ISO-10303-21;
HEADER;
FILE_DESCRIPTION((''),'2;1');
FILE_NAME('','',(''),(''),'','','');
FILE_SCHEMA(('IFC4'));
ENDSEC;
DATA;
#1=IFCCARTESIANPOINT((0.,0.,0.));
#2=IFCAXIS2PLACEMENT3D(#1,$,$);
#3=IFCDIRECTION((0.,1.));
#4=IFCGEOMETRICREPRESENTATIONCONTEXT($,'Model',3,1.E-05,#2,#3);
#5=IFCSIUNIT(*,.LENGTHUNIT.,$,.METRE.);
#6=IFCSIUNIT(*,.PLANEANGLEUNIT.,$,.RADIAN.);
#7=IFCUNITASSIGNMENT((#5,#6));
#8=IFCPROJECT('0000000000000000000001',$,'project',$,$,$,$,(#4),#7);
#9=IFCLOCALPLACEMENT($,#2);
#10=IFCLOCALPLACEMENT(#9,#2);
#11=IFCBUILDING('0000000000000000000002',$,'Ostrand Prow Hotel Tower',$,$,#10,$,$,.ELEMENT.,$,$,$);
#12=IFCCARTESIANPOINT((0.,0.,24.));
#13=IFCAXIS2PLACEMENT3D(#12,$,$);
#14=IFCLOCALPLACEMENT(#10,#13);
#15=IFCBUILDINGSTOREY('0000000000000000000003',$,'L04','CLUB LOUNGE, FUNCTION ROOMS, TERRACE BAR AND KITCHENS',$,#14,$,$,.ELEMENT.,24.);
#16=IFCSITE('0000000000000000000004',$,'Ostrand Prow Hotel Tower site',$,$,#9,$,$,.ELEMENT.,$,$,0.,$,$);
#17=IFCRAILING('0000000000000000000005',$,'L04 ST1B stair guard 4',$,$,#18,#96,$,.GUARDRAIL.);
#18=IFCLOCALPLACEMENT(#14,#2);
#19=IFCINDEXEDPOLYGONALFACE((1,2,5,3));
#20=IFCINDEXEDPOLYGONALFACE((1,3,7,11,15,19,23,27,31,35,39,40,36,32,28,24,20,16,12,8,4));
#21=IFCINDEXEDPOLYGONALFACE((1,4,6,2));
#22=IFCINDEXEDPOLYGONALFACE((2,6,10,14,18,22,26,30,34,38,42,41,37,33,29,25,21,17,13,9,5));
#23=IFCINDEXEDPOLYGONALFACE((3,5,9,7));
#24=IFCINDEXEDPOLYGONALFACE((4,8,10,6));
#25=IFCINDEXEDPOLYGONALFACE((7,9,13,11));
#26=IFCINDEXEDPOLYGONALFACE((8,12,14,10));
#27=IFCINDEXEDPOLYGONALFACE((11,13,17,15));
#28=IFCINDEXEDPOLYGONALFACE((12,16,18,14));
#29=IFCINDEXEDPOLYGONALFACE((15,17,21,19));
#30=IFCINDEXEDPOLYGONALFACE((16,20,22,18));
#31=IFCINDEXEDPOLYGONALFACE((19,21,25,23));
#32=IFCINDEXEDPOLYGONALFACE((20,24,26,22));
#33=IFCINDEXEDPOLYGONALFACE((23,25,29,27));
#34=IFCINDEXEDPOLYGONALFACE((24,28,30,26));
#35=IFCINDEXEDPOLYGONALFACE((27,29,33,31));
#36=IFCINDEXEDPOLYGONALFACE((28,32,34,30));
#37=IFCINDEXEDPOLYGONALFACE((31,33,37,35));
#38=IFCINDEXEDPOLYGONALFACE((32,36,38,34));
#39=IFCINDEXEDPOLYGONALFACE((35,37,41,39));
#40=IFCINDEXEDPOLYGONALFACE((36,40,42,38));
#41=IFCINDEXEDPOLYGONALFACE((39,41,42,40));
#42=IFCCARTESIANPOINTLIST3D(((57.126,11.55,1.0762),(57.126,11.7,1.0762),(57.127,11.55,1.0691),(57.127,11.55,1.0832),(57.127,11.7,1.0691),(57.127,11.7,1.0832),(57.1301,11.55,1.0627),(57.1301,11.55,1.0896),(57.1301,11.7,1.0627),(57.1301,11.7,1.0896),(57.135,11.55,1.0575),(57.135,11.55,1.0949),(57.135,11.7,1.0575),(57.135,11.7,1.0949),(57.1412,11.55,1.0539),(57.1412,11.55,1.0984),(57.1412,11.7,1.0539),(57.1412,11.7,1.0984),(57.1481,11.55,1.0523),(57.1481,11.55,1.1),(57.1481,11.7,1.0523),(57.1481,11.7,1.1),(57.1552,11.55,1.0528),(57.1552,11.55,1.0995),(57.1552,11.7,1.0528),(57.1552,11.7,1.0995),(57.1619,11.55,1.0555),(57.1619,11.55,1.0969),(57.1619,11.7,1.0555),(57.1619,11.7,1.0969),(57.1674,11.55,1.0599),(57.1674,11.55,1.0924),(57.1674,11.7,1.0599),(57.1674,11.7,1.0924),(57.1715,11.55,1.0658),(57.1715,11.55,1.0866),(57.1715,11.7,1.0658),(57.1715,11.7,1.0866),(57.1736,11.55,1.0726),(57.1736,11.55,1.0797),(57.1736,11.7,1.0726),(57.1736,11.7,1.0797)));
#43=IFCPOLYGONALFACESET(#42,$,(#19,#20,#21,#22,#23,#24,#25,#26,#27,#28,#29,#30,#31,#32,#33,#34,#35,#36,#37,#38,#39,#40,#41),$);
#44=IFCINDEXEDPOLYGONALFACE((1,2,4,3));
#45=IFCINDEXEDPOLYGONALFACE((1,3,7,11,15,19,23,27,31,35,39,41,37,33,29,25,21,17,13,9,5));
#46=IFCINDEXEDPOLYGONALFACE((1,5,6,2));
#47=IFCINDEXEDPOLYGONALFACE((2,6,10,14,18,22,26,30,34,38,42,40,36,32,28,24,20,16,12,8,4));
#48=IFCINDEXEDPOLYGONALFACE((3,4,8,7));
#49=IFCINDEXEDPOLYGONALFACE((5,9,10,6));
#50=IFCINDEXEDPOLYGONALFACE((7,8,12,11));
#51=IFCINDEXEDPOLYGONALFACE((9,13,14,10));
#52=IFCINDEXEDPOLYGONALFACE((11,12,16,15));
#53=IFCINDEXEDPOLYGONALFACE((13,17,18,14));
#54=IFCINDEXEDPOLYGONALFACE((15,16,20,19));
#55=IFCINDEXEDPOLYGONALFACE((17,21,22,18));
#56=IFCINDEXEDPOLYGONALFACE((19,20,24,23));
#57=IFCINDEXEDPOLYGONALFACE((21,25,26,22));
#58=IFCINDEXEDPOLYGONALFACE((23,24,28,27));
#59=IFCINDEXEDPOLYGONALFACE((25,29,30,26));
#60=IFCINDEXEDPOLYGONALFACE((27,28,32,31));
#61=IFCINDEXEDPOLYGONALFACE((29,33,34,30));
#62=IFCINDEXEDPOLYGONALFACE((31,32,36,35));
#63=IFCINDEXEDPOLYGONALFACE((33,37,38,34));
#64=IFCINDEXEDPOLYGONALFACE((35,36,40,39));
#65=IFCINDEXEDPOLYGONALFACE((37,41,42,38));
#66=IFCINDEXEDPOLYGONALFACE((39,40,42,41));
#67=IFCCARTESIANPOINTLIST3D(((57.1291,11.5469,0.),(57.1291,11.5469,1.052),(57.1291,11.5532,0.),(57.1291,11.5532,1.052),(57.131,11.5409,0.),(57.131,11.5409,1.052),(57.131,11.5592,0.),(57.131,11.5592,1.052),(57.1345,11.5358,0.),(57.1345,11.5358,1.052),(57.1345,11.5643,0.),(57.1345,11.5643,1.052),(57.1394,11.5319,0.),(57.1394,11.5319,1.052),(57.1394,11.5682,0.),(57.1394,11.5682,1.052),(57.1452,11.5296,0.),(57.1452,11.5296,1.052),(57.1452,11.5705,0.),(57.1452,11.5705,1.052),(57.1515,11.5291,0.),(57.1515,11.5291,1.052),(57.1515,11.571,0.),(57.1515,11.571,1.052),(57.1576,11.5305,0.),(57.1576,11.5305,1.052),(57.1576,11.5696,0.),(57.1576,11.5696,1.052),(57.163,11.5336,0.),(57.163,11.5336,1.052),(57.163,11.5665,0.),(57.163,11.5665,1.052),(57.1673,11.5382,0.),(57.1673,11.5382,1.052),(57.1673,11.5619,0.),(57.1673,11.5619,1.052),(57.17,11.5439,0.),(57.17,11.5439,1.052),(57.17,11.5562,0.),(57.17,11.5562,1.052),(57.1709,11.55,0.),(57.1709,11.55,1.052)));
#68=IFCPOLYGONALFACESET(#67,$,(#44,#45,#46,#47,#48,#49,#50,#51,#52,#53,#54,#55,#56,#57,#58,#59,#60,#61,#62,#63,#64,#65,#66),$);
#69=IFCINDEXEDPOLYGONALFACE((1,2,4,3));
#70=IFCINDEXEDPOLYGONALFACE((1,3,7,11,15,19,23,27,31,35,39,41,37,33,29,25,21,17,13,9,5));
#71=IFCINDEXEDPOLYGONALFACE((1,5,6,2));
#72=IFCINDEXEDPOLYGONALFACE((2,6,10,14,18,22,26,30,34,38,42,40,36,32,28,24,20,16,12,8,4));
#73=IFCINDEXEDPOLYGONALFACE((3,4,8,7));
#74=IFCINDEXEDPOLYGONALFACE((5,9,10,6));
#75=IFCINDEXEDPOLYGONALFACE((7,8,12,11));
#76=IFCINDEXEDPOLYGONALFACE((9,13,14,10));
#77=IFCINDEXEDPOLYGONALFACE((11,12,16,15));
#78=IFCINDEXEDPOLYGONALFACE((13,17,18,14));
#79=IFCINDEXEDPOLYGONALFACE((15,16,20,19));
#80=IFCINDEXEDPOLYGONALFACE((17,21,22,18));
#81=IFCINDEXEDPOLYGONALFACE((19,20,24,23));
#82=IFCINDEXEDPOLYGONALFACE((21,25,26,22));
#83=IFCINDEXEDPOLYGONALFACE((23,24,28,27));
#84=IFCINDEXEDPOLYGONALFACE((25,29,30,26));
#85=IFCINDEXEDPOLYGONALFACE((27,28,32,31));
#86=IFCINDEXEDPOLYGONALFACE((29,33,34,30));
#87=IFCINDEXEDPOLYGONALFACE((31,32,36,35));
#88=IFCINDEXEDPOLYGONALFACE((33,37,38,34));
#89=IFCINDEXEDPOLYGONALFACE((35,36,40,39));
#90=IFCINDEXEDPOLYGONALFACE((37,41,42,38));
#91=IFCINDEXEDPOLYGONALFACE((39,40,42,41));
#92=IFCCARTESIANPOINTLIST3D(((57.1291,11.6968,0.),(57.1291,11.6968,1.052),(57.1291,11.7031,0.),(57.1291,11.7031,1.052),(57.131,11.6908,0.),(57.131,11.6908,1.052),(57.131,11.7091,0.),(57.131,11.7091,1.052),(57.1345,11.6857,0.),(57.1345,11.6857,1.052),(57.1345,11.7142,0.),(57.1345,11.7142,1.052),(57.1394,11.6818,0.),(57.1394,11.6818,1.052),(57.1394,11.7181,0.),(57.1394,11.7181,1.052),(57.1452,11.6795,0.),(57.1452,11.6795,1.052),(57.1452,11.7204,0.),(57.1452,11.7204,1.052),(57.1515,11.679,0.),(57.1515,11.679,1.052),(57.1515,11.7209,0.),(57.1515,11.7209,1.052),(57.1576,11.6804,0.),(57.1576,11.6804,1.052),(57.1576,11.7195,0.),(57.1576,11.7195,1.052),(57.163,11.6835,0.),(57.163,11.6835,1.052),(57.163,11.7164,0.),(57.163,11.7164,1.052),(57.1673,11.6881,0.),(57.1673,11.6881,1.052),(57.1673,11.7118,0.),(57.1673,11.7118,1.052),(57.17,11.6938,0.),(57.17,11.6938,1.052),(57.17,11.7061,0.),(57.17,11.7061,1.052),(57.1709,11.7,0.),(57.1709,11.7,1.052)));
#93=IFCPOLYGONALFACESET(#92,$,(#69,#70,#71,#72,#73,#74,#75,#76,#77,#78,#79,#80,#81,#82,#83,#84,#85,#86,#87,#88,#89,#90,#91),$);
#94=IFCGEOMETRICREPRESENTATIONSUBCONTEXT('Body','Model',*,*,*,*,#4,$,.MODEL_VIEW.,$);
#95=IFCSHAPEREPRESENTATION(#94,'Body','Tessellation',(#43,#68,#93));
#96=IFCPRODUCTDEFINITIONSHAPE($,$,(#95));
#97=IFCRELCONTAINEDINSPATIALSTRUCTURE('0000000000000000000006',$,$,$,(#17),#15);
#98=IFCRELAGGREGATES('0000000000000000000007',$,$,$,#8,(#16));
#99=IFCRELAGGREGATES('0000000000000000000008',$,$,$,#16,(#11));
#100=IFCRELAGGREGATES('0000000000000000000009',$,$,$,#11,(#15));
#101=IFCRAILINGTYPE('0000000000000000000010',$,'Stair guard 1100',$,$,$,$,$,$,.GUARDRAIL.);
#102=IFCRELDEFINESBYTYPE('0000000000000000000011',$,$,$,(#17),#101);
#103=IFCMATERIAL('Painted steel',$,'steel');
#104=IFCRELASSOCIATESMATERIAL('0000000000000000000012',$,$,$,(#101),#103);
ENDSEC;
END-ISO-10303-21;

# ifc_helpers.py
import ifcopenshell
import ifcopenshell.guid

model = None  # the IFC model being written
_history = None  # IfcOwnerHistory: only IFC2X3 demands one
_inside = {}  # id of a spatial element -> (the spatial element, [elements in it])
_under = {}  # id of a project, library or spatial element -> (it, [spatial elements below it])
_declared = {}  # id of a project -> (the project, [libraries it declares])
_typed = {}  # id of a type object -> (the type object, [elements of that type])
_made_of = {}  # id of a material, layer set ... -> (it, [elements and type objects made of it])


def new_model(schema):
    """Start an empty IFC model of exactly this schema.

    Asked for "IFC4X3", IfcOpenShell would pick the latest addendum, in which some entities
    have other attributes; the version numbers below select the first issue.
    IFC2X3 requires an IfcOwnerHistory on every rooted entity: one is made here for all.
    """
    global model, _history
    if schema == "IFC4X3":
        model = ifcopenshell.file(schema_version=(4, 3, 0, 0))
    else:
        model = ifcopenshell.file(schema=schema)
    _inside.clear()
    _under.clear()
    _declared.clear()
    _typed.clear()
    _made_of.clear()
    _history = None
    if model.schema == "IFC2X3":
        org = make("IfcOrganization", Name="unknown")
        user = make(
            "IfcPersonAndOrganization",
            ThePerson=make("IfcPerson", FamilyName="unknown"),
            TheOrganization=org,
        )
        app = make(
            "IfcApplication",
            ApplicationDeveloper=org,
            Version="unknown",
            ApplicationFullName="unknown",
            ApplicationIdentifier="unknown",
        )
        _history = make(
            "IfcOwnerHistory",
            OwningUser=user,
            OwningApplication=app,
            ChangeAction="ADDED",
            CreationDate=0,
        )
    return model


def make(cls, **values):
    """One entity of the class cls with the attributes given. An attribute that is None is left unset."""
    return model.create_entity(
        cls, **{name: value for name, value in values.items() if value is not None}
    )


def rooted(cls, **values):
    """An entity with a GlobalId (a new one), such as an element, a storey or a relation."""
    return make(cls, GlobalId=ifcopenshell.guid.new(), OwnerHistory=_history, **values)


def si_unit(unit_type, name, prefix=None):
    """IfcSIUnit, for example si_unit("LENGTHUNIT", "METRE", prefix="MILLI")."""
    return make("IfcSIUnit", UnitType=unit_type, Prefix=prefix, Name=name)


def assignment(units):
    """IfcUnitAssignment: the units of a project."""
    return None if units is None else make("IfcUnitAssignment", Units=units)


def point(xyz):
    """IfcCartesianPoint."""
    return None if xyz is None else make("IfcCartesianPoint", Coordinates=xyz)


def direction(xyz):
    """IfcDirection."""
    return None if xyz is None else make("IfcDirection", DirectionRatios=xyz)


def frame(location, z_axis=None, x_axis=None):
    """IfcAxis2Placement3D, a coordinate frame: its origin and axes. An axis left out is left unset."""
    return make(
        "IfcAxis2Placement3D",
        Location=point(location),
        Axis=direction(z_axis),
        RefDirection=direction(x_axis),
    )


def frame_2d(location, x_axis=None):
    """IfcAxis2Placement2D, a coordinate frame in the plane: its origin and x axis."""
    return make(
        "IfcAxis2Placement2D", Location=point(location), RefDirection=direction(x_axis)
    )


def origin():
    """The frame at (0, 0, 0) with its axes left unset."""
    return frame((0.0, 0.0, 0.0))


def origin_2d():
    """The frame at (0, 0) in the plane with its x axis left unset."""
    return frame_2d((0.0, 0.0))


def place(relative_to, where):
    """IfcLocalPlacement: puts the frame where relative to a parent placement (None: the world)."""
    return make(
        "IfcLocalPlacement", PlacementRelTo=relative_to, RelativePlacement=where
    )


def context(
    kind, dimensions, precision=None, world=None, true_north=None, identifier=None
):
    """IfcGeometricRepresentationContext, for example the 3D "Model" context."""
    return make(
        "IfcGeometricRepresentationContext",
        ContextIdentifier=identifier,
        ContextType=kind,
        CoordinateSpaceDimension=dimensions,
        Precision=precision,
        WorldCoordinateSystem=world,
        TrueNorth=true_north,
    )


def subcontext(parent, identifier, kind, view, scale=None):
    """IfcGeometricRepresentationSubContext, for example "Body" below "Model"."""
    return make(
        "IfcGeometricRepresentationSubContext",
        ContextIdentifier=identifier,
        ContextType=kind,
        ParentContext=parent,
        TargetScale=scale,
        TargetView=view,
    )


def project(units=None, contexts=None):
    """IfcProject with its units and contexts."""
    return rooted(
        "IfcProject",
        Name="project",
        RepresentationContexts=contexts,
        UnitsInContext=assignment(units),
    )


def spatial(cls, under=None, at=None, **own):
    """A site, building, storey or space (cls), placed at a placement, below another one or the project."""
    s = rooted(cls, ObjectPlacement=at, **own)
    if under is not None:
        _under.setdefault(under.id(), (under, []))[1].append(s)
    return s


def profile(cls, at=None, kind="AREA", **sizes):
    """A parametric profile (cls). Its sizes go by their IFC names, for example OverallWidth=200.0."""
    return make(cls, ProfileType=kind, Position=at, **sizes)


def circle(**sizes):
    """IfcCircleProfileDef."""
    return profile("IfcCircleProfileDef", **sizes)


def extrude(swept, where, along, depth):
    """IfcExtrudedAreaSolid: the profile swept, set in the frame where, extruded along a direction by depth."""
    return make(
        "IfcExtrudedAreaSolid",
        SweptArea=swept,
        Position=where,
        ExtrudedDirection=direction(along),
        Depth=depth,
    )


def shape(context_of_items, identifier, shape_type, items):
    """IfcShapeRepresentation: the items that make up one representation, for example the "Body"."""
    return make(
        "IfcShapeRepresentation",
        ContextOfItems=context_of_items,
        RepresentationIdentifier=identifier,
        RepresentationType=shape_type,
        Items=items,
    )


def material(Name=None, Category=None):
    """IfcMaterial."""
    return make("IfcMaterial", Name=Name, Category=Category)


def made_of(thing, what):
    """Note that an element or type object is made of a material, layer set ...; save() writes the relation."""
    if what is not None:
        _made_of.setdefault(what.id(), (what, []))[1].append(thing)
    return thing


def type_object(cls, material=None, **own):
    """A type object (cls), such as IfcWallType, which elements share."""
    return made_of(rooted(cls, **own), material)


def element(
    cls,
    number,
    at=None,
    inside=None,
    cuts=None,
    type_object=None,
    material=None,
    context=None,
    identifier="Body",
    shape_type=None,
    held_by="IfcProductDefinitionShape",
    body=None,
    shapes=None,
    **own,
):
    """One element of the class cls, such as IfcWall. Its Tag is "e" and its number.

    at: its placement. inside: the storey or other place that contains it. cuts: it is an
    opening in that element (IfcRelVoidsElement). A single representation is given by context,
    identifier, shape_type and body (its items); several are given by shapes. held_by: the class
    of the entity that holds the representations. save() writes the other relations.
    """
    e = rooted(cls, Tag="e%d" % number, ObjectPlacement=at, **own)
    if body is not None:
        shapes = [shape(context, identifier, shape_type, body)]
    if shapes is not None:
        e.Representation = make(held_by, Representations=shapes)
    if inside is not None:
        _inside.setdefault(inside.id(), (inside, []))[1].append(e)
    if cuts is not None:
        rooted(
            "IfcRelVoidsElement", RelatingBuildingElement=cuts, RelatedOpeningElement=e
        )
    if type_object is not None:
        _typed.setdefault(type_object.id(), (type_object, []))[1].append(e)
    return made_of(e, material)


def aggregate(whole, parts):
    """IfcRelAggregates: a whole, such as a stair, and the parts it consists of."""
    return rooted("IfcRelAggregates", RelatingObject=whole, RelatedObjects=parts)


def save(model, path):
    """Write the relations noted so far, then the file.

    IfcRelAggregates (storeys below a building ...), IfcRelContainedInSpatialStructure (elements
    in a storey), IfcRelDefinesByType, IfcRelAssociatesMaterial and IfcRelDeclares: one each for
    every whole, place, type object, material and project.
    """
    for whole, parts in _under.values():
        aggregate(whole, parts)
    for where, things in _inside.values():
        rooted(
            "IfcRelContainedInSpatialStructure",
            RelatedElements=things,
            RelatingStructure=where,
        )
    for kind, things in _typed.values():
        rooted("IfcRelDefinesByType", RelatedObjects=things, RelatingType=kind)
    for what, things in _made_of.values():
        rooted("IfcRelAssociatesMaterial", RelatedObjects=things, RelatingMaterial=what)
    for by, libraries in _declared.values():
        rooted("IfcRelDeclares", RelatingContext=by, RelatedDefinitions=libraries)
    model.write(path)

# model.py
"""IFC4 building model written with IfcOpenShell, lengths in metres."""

from ifc_helpers import new_model, si_unit, direction, frame, origin, origin_2d, place, context, subcontext, project, spatial, circle, extrude, material, type_object, element, save


model = new_model("IFC4")

# Units and contexts
model_context = context("Model", 3, precision=1e-05, world=origin(), true_north=direction((0.0, 1.0)))
body_context = subcontext(model_context, "Body", "Model", "MODEL_VIEW")
ifc_project = project(units=[si_unit("LENGTHUNIT", "METRE"), si_unit("PLANEANGLEUNIT", "RADIAN")], contexts=[model_context])

# Site, building, storey
site_placement = place(None, origin())
site = spatial("IfcSite", under=ifc_project, at=site_placement, Name="Ostrand Prow Hotel Tower site", CompositionType="ELEMENT", RefElevation=0.0)
building_placement = place(site_placement, origin())
building = spatial("IfcBuilding", under=site, at=building_placement, Name="Ostrand Prow Hotel Tower", CompositionType="ELEMENT")
storey_placement = place(building_placement, frame((0.0, 0.0, 24.0)))
storey = spatial("IfcBuildingStorey", under=building, at=storey_placement, Name="L04", Description="CLUB LOUNGE, FUNCTION ROOMS, TERRACE BAR AND KITCHENS", CompositionType="ELEMENT", Elevation=24.0)

# Railing
ifc_material_1 = material(Name="Painted steel", Category="steel")
railing_type_1 = type_object("IfcRailingType", Name="Stair guard 1100", PredefinedType="GUARDRAIL", material=ifc_material_1)
railing_1_placement = place(storey_placement, frame((57.1499, 11.55, 0.0)))
element("IfcRailing", 1, at=railing_1_placement, inside=storey, type_object=railing_type_1, Name="L04 ST1B stair guard 4", PredefinedType="GUARDRAIL", context=body_context, shape_type="SweptSolid", body=[
    extrude(circle(Radius=0.0239, at=origin_2d()), frame((0.0, 0.0, 1.0762), z_axis=(0.0, 1.0, 0.0), x_axis=(-1.0, 0.0, 0.0)), (0.0, 0.0, 1.0), 0.1499),
    extrude(circle(Radius=0.021, at=origin_2d()), origin(), (0.0, 0.0, 1.0), 1.052),
    extrude(circle(Radius=0.021, at=origin_2d()), frame((0.0, 0.1499, 0.0)), (0.0, 0.0, 1.0), 1.052),
])

save(model, "model.ifc")
